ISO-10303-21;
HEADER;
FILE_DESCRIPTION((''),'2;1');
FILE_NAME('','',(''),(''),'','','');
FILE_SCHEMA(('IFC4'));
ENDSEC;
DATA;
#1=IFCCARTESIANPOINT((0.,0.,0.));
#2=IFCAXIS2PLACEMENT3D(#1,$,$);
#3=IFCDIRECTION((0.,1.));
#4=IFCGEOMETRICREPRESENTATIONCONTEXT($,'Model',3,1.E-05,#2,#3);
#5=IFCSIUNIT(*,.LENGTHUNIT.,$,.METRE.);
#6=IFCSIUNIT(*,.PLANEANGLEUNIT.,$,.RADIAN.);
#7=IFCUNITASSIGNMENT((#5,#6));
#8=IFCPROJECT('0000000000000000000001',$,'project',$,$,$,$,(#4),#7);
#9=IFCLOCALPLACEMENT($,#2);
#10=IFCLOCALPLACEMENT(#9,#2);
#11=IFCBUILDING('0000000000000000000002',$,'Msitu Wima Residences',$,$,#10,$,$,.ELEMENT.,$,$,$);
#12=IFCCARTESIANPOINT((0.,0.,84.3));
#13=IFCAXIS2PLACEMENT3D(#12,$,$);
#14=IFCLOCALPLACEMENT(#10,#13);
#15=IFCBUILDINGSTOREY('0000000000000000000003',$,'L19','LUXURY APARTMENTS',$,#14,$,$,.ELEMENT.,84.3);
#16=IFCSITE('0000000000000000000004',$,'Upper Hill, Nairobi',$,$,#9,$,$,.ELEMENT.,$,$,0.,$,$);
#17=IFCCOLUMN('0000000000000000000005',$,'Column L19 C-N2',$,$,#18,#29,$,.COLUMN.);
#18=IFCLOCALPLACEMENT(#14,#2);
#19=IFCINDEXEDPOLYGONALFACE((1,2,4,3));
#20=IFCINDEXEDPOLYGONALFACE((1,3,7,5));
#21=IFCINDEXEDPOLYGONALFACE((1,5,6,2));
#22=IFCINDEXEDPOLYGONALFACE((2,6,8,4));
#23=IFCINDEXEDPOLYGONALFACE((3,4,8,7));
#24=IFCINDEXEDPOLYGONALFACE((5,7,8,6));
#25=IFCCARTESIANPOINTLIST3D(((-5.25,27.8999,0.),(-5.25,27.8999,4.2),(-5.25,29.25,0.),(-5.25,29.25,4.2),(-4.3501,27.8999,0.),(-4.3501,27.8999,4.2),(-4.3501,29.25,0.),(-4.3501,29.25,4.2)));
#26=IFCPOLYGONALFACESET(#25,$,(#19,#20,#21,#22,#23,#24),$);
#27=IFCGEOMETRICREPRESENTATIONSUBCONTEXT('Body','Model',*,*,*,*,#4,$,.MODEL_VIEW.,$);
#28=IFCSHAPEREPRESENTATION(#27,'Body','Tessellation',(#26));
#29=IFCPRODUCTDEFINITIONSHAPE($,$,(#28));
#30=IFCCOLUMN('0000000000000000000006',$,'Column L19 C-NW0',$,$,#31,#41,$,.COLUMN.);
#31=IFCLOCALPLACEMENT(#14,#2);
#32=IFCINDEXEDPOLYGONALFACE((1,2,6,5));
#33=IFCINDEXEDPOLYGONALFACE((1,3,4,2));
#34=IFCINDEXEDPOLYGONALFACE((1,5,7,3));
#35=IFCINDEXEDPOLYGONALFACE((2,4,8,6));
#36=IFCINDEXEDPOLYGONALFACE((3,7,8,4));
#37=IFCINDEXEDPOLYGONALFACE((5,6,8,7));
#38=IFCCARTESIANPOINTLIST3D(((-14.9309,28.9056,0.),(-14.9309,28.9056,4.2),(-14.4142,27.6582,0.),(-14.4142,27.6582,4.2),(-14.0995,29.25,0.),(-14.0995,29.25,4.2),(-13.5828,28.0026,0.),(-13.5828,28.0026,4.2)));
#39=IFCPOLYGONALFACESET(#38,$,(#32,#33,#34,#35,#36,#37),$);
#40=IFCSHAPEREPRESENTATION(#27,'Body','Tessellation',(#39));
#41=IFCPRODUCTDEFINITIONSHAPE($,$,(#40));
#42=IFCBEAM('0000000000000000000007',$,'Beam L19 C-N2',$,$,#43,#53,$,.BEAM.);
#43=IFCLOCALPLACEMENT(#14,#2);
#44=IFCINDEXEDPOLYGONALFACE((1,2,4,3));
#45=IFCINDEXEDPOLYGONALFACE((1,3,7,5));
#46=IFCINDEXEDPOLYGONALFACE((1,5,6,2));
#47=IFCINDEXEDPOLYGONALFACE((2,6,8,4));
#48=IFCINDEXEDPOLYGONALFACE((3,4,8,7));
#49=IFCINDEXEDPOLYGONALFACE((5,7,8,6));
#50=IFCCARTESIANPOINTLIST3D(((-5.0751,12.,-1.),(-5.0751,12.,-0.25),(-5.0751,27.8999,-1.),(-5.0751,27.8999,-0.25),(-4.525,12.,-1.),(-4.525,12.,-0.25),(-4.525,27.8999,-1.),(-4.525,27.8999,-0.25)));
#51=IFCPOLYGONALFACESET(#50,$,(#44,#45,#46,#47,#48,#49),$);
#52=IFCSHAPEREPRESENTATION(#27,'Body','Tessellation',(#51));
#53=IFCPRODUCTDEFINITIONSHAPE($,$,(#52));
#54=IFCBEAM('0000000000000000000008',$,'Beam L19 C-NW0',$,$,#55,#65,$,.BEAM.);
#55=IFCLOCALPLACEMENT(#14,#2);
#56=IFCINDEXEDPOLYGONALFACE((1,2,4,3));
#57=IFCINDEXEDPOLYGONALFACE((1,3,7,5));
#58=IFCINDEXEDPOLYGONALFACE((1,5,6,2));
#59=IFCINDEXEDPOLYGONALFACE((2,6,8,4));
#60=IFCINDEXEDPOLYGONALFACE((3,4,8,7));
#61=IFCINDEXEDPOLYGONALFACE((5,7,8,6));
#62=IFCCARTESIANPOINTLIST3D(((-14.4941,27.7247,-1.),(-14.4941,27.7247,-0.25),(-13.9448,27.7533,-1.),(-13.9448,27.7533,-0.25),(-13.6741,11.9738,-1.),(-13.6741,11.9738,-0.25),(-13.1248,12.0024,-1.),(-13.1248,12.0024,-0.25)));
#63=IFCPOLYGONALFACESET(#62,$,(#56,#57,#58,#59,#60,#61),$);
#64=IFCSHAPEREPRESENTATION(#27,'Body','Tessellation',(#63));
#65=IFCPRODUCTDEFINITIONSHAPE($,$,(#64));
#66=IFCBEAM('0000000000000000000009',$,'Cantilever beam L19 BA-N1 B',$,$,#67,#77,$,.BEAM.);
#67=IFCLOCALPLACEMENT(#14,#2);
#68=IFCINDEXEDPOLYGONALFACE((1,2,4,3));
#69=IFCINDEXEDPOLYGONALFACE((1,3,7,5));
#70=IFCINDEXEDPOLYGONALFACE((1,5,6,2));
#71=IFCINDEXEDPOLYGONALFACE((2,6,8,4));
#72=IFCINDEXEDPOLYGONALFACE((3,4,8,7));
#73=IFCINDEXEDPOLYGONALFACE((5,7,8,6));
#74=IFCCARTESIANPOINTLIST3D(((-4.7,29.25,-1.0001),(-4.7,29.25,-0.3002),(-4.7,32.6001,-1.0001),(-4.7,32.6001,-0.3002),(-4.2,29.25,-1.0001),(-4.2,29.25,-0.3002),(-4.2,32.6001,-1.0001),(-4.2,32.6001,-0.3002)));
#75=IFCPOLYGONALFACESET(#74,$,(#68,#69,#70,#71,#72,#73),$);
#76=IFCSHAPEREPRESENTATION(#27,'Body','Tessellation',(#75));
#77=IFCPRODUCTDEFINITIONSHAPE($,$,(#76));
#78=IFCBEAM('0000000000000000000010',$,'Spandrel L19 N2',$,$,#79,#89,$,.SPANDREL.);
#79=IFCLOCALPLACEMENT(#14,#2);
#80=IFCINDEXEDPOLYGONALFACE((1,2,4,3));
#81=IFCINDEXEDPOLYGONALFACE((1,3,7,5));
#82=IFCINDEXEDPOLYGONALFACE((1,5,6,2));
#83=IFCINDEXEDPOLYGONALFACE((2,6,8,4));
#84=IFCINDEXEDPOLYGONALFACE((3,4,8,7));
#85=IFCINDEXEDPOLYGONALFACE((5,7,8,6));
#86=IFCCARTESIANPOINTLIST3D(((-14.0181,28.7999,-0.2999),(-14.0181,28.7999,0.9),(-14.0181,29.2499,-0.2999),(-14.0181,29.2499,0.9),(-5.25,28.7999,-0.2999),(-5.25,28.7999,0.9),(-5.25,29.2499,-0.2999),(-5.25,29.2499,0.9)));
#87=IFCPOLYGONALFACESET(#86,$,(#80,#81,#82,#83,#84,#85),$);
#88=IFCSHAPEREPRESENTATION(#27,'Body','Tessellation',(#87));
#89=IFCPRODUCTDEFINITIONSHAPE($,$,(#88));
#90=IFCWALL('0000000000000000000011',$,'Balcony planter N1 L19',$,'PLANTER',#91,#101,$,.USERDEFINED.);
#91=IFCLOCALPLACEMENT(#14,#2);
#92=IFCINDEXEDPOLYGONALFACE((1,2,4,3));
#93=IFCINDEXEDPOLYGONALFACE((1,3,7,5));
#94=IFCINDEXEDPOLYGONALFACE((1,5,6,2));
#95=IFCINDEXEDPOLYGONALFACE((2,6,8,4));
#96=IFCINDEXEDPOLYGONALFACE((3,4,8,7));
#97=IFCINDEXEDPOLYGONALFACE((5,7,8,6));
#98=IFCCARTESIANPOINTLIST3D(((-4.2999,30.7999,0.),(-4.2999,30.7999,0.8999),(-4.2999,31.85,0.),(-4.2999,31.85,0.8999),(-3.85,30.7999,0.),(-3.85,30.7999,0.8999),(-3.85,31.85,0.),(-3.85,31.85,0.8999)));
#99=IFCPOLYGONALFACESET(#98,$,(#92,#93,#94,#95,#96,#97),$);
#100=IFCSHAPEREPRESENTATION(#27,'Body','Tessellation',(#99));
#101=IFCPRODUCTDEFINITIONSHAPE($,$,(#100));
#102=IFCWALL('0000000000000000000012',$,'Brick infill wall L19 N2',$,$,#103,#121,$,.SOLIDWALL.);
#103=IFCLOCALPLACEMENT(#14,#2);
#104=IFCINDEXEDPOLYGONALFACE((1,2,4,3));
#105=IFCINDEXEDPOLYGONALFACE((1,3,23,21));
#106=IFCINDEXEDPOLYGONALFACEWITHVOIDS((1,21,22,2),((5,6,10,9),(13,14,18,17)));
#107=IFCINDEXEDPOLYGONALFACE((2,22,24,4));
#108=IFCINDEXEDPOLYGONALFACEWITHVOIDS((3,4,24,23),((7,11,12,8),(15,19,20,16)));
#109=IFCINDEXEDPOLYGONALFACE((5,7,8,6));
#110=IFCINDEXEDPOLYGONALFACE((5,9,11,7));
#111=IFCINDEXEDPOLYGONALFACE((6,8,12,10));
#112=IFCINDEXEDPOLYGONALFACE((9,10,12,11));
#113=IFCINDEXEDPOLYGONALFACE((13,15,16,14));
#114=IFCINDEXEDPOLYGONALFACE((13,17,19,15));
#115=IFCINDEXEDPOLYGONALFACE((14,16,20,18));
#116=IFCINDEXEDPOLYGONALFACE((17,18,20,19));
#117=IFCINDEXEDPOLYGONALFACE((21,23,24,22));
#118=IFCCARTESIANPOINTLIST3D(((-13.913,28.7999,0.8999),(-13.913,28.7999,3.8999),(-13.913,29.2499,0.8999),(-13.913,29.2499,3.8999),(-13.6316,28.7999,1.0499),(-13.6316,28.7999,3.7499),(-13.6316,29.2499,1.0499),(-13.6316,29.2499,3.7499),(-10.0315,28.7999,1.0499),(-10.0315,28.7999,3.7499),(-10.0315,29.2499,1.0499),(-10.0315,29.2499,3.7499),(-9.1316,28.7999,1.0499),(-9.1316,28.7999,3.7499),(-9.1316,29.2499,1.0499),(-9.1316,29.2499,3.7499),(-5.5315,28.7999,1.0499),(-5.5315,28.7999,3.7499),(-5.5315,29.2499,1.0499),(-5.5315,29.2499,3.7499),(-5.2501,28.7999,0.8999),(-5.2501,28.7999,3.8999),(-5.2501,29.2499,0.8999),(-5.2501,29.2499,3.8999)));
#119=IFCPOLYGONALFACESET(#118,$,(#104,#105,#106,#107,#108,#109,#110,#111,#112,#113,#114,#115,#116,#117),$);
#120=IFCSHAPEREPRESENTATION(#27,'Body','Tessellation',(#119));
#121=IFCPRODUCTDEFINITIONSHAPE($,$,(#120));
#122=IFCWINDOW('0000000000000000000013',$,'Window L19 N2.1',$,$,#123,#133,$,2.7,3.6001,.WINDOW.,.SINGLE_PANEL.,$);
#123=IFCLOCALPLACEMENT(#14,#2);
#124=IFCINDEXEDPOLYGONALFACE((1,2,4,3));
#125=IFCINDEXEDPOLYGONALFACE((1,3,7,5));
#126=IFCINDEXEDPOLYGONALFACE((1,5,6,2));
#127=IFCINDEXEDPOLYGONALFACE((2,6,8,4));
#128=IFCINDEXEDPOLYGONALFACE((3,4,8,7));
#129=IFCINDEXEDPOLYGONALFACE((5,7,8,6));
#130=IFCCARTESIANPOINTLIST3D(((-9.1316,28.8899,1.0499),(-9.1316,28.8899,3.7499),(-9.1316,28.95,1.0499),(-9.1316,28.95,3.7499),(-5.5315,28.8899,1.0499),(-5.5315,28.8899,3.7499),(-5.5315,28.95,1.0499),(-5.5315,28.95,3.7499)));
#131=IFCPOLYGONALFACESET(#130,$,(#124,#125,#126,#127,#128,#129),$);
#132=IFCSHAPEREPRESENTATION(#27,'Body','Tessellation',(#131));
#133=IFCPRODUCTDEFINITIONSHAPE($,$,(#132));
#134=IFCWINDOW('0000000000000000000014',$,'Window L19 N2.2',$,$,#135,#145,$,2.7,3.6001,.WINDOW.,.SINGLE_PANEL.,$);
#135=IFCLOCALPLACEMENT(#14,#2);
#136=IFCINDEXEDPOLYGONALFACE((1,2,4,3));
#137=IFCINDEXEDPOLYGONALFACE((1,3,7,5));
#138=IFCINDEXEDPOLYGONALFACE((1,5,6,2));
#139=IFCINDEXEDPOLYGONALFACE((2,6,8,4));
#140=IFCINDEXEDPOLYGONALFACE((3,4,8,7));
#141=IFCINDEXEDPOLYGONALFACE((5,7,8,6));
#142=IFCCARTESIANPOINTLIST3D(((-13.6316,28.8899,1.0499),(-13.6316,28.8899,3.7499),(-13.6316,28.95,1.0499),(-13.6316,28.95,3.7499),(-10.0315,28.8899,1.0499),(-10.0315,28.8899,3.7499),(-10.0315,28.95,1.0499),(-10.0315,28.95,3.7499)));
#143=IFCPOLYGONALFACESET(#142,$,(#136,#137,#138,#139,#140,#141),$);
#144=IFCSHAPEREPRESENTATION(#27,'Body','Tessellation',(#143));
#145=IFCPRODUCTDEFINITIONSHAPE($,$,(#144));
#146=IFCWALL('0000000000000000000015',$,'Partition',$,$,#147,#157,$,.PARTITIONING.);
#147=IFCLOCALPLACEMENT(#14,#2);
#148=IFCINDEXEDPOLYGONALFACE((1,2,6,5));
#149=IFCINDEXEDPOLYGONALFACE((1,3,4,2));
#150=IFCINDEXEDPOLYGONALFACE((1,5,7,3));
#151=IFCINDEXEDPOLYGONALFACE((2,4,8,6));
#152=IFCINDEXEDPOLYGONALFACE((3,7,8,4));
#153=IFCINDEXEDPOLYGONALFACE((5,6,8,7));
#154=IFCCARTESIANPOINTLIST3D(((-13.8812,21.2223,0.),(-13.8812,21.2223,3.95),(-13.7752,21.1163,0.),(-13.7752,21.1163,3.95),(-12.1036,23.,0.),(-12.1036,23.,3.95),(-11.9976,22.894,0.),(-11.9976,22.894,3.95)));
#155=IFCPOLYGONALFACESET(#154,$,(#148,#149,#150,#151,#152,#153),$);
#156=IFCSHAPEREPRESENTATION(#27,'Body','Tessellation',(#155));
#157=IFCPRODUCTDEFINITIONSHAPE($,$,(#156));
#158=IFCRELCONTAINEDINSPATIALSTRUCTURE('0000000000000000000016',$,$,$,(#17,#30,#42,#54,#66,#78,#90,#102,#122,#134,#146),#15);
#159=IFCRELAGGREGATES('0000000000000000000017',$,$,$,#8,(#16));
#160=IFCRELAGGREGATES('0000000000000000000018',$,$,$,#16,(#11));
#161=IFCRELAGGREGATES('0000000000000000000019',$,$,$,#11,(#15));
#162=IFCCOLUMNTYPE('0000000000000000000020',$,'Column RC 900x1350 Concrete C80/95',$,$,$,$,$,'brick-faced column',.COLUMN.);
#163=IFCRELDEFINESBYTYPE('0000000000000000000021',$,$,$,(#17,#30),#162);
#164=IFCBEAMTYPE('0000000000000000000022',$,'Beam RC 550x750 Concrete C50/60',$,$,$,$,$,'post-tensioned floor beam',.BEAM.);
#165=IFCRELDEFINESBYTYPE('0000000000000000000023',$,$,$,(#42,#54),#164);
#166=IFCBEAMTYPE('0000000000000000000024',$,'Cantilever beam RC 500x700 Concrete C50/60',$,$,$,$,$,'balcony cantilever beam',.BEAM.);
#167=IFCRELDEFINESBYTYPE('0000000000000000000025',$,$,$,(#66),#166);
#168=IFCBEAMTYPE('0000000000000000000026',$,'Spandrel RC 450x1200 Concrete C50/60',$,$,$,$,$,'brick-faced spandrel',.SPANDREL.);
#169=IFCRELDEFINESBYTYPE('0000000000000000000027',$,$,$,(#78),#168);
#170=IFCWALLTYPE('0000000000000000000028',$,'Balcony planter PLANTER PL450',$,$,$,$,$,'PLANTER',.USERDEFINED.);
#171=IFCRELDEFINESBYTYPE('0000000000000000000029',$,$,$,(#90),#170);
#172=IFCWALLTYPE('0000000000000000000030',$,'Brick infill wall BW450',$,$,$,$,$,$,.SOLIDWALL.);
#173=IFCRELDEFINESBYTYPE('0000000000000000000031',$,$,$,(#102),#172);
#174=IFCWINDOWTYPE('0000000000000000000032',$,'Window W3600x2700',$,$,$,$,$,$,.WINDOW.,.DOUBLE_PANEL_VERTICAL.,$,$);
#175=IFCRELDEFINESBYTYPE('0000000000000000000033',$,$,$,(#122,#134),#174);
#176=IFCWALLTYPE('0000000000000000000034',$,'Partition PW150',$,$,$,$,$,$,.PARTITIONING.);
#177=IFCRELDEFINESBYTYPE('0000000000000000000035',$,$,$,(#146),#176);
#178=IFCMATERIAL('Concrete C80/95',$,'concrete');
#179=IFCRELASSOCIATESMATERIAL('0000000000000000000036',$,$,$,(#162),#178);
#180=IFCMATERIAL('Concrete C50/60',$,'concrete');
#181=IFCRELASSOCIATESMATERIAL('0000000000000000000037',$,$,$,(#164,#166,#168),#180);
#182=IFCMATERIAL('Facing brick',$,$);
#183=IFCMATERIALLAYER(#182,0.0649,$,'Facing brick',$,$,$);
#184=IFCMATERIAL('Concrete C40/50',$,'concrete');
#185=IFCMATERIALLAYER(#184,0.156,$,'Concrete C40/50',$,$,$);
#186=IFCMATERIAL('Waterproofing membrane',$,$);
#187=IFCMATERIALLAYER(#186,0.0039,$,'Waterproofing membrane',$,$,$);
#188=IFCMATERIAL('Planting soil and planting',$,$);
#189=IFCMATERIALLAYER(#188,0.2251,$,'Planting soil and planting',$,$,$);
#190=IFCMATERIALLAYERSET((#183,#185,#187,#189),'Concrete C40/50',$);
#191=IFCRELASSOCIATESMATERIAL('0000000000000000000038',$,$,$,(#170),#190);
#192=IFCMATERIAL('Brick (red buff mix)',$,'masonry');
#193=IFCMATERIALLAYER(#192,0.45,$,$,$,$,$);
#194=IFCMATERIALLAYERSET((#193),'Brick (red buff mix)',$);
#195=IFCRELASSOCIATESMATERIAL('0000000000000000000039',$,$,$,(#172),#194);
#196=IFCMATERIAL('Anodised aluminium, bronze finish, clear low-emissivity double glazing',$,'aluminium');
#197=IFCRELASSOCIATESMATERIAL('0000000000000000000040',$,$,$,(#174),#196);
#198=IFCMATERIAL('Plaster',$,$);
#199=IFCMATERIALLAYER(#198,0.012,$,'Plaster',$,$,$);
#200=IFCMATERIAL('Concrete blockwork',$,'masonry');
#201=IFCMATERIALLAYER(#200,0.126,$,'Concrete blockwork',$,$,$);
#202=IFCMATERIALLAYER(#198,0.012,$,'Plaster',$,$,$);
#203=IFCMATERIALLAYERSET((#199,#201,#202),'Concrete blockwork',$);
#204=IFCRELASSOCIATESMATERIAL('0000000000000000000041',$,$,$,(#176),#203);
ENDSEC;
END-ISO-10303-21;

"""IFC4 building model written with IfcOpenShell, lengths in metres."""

from ifc_helpers import new_model, si_unit, direction, frame, frame_2d, origin, origin_2d, place, context, subcontext, project, spatial, rectangle, extrude, material, layer, layer_set, material_profile, profile_set, type_object, element, fill, save


model = new_model("IFC4")

# Units and contexts
model_context = context("Model", 3, precision=1e-05, world=origin(), true_north=direction((0.0, 1.0)))
body_context = subcontext(model_context, "Body", "Model", "MODEL_VIEW")
ifc_project = project(units=[si_unit("LENGTHUNIT", "METRE"), si_unit("PLANEANGLEUNIT", "RADIAN")], contexts=[model_context])

# Site, building, storey
site_placement = place(None, origin())
site = spatial("IfcSite", under=ifc_project, at=site_placement, Name="Upper Hill, Nairobi", CompositionType="ELEMENT", RefElevation=0.0)
building_placement = place(site_placement, origin())
building = spatial("IfcBuilding", under=site, at=building_placement, Name="Msitu Wima Residences", CompositionType="ELEMENT")
storey_placement = place(building_placement, frame((0.0, 0.0, 84.3)))
storey = spatial("IfcBuildingStorey", under=building, at=storey_placement, Name="L19", Description="LUXURY APARTMENTS", CompositionType="ELEMENT", Elevation=84.3)

# Columns
ifc_material_1 = material(Name="Concrete C80/95", Category="concrete")
ifc_material_profile_1 = material_profile(ifc_material_1, rectangle(XDim=0.8999, YDim=1.3501, at=origin_2d()), Name="RC 900x1350")
ifc_profile_set_1 = profile_set([ifc_material_profile_1], Name="Concrete C80/95")
column_type = type_object("IfcColumnType", Name="Column RC 900x1350 Concrete C80/95", ElementType="brick-faced column", PredefinedType="COLUMN", material=ifc_profile_set_1)
for number, where, z_axis, x_axis, name in (
    (1, (-4.8, 28.575, 0.0), (0.0, 0.0, 1.0), (-1.0, 0.0, 0.0), "Column L19 C-N2"),
    (2, (-14.2568, 28.4541, 0.0), (0.0, 0.0, 1.0), (-0.92388, -0.382683, 0.0), "Column L19 C-NW0"),
):
    element("IfcColumn", number, at=place(storey_placement, frame(where, z_axis=z_axis, x_axis=x_axis)), inside=storey, type_object=column_type, Name=name, PredefinedType="COLUMN", context=body_context, shape_type="SweptSolid", body=[
        extrude(rectangle(XDim=0.8999, YDim=1.3501, at=origin_2d()), origin(), (0.0, 0.0, 1.0), 4.2),
    ])

# Beams
ifc_material_2 = material(Name="Concrete C50/60", Category="concrete")
ifc_material_profile_2 = material_profile(ifc_material_2, rectangle(XDim=0.55, YDim=0.75, at=origin_2d()), Name="RC 550x750")
ifc_profile_set_2 = profile_set([ifc_material_profile_2], Name="Concrete C50/60")
beam_type_1 = type_object("IfcBeamType", Name="Beam RC 550x750 Concrete C50/60", ElementType="post-tensioned floor beam", PredefinedType="BEAM", material=ifc_profile_set_2)
beam_1_placement = place(storey_placement, frame((-4.8, 27.8999, -0.625), z_axis=(0.0, -1.0, 0.0), x_axis=(1.0, 0.0, 0.0)))
element("IfcBeam", 3, at=beam_1_placement, inside=storey, type_object=beam_type_1, Name="Beam L19 C-N2", PredefinedType="BEAM", context=body_context, shape_type="SweptSolid", body=[
    extrude(rectangle(XDim=0.55, YDim=0.75, at=origin_2d()), origin(), (0.0, 0.0, 1.0), 15.8999),
])
beam_2_placement = place(storey_placement, frame((-14.2195, 27.739, -0.625), z_axis=(0.051994, -0.998647, 0.0), x_axis=(0.998647, 0.051994, 0.0)))
element("IfcBeam", 4, at=beam_2_placement, inside=storey, type_object=beam_type_1, Name="Beam L19 C-NW0", PredefinedType="BEAM", context=body_context, shape_type="SweptSolid", body=[
    extrude(rectangle(XDim=0.55, YDim=0.75, at=origin_2d()), origin(), (0.0, 0.0, 1.0), 15.7722),
])
ifc_material_profile_3 = material_profile(ifc_material_2, rectangle(XDim=0.5, YDim=0.7, at=origin_2d()), Name="RC 500x700")
ifc_profile_set_3 = profile_set([ifc_material_profile_3], Name="Concrete C50/60")
beam_type_2 = type_object("IfcBeamType", Name="Cantilever beam RC 500x700 Concrete C50/60", ElementType="balcony cantilever beam", PredefinedType="BEAM", material=ifc_profile_set_3)
beam_3_placement = place(storey_placement, frame((-4.45, 29.25, -0.6501), z_axis=(0.0, 1.0, 0.0), x_axis=(-1.0, 0.0, 0.0)))
element("IfcBeam", 5, at=beam_3_placement, inside=storey, type_object=beam_type_2, Name="Cantilever beam L19 BA-N1 B", PredefinedType="BEAM", context=body_context, shape_type="SweptSolid", body=[
    extrude(rectangle(XDim=0.5, YDim=0.7, at=origin_2d()), origin(), (0.0, 0.0, 1.0), 3.3501),
])
ifc_material_profile_4 = material_profile(ifc_material_2, rectangle(XDim=0.45, YDim=1.2, at=origin_2d()), Name="RC 450x1200")
ifc_profile_set_4 = profile_set([ifc_material_profile_4], Name="Concrete C50/60")
beam_type_3 = type_object("IfcBeamType", Name="Spandrel RC 450x1200 Concrete C50/60", ElementType="brick-faced spandrel", PredefinedType="SPANDREL", material=ifc_profile_set_4)
beam_4_placement = place(storey_placement, frame((-5.25, 29.0249, 0.3), z_axis=(-1.0, 0.0, 0.0), x_axis=(0.0, -1.0, 0.0)))
element("IfcBeam", 6, at=beam_4_placement, inside=storey, type_object=beam_type_3, Name="Spandrel L19 N2", PredefinedType="SPANDREL", context=body_context, shape_type="SweptSolid", body=[
    extrude(rectangle(XDim=0.45, YDim=1.2, at=origin_2d()), origin(), (0.0, 0.0, 1.0), 8.7681),
])

# Wall
ifc_material_3 = material(Name="Facing brick")
ifc_layer_1 = layer(ifc_material_3, 0.0649, Name="Facing brick")
ifc_material_4 = material(Name="Concrete C40/50", Category="concrete")
ifc_layer_2 = layer(ifc_material_4, 0.156, Name="Concrete C40/50")
ifc_material_5 = material(Name="Waterproofing membrane")
ifc_layer_3 = layer(ifc_material_5, 0.0039, Name="Waterproofing membrane")
ifc_material_6 = material(Name="Planting soil and planting")
ifc_layer_4 = layer(ifc_material_6, 0.2251, Name="Planting soil and planting")
ifc_layer_set_1 = layer_set([ifc_layer_1, ifc_layer_2, ifc_layer_3, ifc_layer_4], Name="Concrete C40/50")
wall_type_1 = type_object("IfcWallType", Name="Balcony planter PLANTER PL450", ElementType="PLANTER", PredefinedType="USERDEFINED", material=ifc_layer_set_1)
wall_1_placement = place(storey_placement, frame((-4.075, 30.8, 0.0), z_axis=(0.0, 0.0, 1.0), x_axis=(0.0, 1.0, 0.0)))
element("IfcWall", 7, at=wall_1_placement, inside=storey, type_object=wall_type_1, Name="Balcony planter N1 L19", ObjectType="PLANTER", PredefinedType="USERDEFINED", context=body_context, shape_type="SweptSolid", body=[
    extrude(rectangle(XDim=1.05, YDim=0.45, at=frame_2d((0.5249, 0.0))), origin(), (0.0, 0.0, 1.0), 0.8999),
])

# Wall, openings, windows
ifc_material_7 = material(Name="Brick (red buff mix)", Category="masonry")
ifc_layer_5 = layer(ifc_material_7, 0.45)
ifc_layer_set_2 = layer_set([ifc_layer_5], Name="Brick (red buff mix)")
wall_type_2 = type_object("IfcWallType", Name="Brick infill wall BW450", PredefinedType="SOLIDWALL", material=ifc_layer_set_2)
wall_2_placement = place(storey_placement, frame((-5.25, 29.0249, 0.8999), z_axis=(0.0, 0.0, 1.0), x_axis=(-1.0, 0.0, 0.0)))
wall_2 = element("IfcWall", 8, at=wall_2_placement, inside=storey, type_object=wall_type_2, Name="Brick infill wall L19 N2", PredefinedType="SOLIDWALL", context=body_context, shape_type="SweptSolid", body=[
    extrude(rectangle(XDim=8.6628, YDim=0.45, at=frame_2d((4.3315, 0.0))), origin(), (0.0, 0.0, 1.0), 3.0),
])
opening_1_placement = place(wall_2_placement, frame((0.2815, 0.0, 0.1499)))
opening_1 = element("IfcOpeningElement", 9, at=opening_1_placement, cuts=wall_2, PredefinedType="OPENING", context=body_context, shape_type="SweptSolid", body=[
    extrude(rectangle(XDim=3.6001, YDim=2.7, at=frame_2d((1.8, 1.3501))), frame((0.0, 0.2349, 0.0), z_axis=(0.0, -1.0, 0.0), x_axis=(1.0, 0.0, 0.0)), (0.0, 0.0, 1.0), 0.47),
])
opening_2_placement = place(wall_2_placement, frame((4.7815, 0.0, 0.1499)))
opening_2 = element("IfcOpeningElement", 10, at=opening_2_placement, cuts=wall_2, PredefinedType="OPENING", context=body_context, shape_type="SweptSolid", body=[
    extrude(rectangle(XDim=3.6001, YDim=2.7, at=frame_2d((1.8, 1.3501))), frame((0.0, 0.2349, 0.0), z_axis=(0.0, -1.0, 0.0), x_axis=(1.0, 0.0, 0.0)), (0.0, 0.0, 1.0), 0.47),
])
ifc_material_8 = material(Name="Anodised aluminium, bronze finish, clear low-emissivity double glazing", Category="aluminium")
window_type = type_object("IfcWindowType", Name="Window W3600x2700", PartitioningType="DOUBLE_PANEL_VERTICAL", PredefinedType="WINDOW", material=ifc_material_8)
window_1_placement = place(opening_1_placement, origin())
window_1 = element("IfcWindow", 11, at=window_1_placement, inside=storey, type_object=window_type, Name="Window L19 N2.1", OverallHeight=2.7, OverallWidth=3.6001, PartitioningType="SINGLE_PANEL", PredefinedType="WINDOW", context=body_context, shape_type="SweptSolid", body=[
    extrude(rectangle(XDim=3.6001, YDim=2.7, at=frame_2d((1.8, 1.3501))), frame((0.0, 0.135, 0.0), z_axis=(0.0, -1.0, 0.0), x_axis=(1.0, 0.0, 0.0)), (0.0, 0.0, 1.0), 0.0601),
])
fill(opening_1, window_1)
window_2_placement = place(opening_2_placement, origin())
window_2 = element("IfcWindow", 12, at=window_2_placement, inside=storey, type_object=window_type, Name="Window L19 N2.2", OverallHeight=2.7, OverallWidth=3.6001, PartitioningType="SINGLE_PANEL", PredefinedType="WINDOW", context=body_context, shape_type="SweptSolid", body=[
    extrude(rectangle(XDim=3.6001, YDim=2.7, at=frame_2d((1.8, 1.3501))), frame((0.0, 0.135, 0.0), z_axis=(0.0, -1.0, 0.0), x_axis=(1.0, 0.0, 0.0)), (0.0, 0.0, 1.0), 0.0601),
])
fill(opening_2, window_2)

# Wall
ifc_material_9 = material(Name="Plaster")
ifc_layer_6 = layer(ifc_material_9, 0.012, Name="Plaster")
ifc_material_10 = material(Name="Concrete blockwork", Category="masonry")
ifc_layer_7 = layer(ifc_material_10, 0.126, Name="Concrete blockwork")
ifc_layer_8 = layer(ifc_material_9, 0.012, Name="Plaster")
ifc_layer_set_3 = layer_set([ifc_layer_6, ifc_layer_7, ifc_layer_8], Name="Concrete blockwork")
wall_type_3 = type_object("IfcWallType", Name="Partition PW150", PredefinedType="PARTITIONING", material=ifc_layer_set_3)
wall_3_placement = place(storey_placement, frame((-13.8281, 21.1694, 0.0), z_axis=(0.0, 0.0, 1.0), x_axis=(0.707107, 0.707107, 0.0)))
element("IfcWall", 13, at=wall_3_placement, inside=storey, type_object=wall_type_3, Name="Partition", PredefinedType="PARTITIONING", context=body_context, shape_type="SweptSolid", body=[
    extrude(rectangle(XDim=2.5139, YDim=0.1499, at=frame_2d((1.2568, 0.0))), origin(), (0.0, 0.0, 1.0), 3.95),
])

save(model, "model.ifc")
